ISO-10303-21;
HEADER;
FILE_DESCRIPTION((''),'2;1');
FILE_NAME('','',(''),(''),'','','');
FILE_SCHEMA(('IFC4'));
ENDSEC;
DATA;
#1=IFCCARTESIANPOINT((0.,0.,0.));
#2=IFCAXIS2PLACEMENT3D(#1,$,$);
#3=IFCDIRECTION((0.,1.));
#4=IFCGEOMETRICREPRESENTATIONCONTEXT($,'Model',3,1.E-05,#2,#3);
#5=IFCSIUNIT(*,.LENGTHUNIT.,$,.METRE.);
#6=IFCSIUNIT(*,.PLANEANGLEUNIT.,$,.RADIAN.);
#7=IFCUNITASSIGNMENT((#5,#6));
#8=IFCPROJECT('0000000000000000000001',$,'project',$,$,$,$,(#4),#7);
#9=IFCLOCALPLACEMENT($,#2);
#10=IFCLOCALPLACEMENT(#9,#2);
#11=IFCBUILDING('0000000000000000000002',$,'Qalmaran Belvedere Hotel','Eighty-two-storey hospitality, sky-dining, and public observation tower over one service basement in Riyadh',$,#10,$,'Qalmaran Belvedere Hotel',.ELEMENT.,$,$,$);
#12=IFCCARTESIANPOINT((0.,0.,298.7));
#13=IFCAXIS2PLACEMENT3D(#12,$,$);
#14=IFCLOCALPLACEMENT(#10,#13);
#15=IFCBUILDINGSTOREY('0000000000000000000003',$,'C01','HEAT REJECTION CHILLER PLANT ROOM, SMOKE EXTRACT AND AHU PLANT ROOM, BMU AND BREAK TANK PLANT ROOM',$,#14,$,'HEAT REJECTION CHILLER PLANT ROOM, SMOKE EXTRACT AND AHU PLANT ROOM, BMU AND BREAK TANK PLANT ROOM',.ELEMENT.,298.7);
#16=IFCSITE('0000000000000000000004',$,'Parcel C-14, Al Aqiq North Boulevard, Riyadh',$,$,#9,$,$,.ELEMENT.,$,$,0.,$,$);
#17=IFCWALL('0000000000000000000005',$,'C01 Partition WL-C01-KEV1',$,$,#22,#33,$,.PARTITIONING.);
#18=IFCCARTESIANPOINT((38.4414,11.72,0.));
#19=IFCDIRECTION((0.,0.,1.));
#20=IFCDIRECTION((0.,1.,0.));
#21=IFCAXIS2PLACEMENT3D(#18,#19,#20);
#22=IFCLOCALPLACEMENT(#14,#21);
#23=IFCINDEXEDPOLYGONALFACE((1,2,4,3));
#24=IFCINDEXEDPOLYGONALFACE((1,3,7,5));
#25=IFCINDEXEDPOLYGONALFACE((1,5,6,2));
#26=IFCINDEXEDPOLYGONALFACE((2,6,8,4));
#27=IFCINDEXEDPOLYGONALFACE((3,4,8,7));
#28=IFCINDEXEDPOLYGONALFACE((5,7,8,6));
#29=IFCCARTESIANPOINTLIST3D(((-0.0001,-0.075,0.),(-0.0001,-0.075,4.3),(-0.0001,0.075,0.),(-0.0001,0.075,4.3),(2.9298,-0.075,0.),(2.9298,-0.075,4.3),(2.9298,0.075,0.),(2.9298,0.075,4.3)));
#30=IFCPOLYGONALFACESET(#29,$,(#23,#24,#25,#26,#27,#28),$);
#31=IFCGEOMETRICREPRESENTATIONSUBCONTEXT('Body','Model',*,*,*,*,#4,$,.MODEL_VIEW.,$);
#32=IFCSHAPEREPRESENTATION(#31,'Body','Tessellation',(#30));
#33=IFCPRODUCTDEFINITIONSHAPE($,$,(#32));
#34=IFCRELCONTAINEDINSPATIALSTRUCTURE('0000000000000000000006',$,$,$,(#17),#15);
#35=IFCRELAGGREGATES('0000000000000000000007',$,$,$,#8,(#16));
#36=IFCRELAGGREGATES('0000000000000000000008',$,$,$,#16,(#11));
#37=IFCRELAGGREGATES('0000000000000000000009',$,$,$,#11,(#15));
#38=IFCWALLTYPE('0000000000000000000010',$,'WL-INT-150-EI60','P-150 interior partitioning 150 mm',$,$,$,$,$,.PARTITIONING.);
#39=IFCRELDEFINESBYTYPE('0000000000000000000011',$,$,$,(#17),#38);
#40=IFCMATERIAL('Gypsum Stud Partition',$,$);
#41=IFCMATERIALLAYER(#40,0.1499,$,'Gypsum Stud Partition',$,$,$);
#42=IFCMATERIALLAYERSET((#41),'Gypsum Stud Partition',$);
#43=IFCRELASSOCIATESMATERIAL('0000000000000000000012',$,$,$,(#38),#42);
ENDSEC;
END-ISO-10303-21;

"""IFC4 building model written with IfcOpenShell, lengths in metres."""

from ifc_helpers import new_model, si_unit, direction, frame, frame_2d, origin, place, context, subcontext, project, spatial, rectangle, extrude, material, layer, layer_set, type_object, element, save


model = new_model("IFC4")

# Units and contexts
model_context = context("Model", 3, precision=1e-05, world=origin(), true_north=direction((0.0, 1.0)))
body_context = subcontext(model_context, "Body", "Model", "MODEL_VIEW")
ifc_project = project(units=[si_unit("LENGTHUNIT", "METRE"), si_unit("PLANEANGLEUNIT", "RADIAN")], contexts=[model_context])

# Site, building, storey
site_placement = place(None, origin())
site = spatial("IfcSite", under=ifc_project, at=site_placement, Name="Parcel C-14, Al Aqiq North Boulevard, Riyadh", CompositionType="ELEMENT", RefElevation=0.0)
building_placement = place(site_placement, origin())
building = spatial("IfcBuilding", under=site, at=building_placement, Name="Qalmaran Belvedere Hotel", Description="Eighty-two-storey hospitality, sky-dining, and public observation tower over one service basement in Riyadh", LongName="Qalmaran Belvedere Hotel", CompositionType="ELEMENT")
storey_placement = place(building_placement, frame((0.0, 0.0, 298.7)))
storey = spatial("IfcBuildingStorey", under=building, at=storey_placement, Name="C01", Description="HEAT REJECTION CHILLER PLANT ROOM, SMOKE EXTRACT AND AHU PLANT ROOM, BMU AND BREAK TANK PLANT ROOM", LongName="HEAT REJECTION CHILLER PLANT ROOM, SMOKE EXTRACT AND AHU PLANT ROOM, BMU AND BREAK TANK PLANT ROOM", CompositionType="ELEMENT", Elevation=298.7)

# Wall
ifc_material_1 = material(Name="Gypsum Stud Partition")
ifc_layer_1 = layer(ifc_material_1, 0.1499, Name="Gypsum Stud Partition")
ifc_layer_set_1 = layer_set([ifc_layer_1], Name="Gypsum Stud Partition")
wall_type_1 = type_object("IfcWallType", Name="WL-INT-150-EI60", Description="P-150 interior partitioning 150 mm", PredefinedType="PARTITIONING", material=ifc_layer_set_1)
wall_1_placement = place(storey_placement, frame((38.4414, 11.72, 0.0), z_axis=(0.0, 0.0, 1.0), x_axis=(0.0, 1.0, 0.0)))
element("IfcWall", 1, at=wall_1_placement, inside=storey, type_object=wall_type_1, Name="C01 Partition WL-C01-KEV1", PredefinedType="PARTITIONING", context=body_context, shape_type="SweptSolid", body=[
    extrude(rectangle(XDim=2.9299, YDim=0.1499, at=frame_2d((1.4648, 0.0))), origin(), (0.0, 0.0, 1.0), 4.3),
])

save(model, "model.ifc")
